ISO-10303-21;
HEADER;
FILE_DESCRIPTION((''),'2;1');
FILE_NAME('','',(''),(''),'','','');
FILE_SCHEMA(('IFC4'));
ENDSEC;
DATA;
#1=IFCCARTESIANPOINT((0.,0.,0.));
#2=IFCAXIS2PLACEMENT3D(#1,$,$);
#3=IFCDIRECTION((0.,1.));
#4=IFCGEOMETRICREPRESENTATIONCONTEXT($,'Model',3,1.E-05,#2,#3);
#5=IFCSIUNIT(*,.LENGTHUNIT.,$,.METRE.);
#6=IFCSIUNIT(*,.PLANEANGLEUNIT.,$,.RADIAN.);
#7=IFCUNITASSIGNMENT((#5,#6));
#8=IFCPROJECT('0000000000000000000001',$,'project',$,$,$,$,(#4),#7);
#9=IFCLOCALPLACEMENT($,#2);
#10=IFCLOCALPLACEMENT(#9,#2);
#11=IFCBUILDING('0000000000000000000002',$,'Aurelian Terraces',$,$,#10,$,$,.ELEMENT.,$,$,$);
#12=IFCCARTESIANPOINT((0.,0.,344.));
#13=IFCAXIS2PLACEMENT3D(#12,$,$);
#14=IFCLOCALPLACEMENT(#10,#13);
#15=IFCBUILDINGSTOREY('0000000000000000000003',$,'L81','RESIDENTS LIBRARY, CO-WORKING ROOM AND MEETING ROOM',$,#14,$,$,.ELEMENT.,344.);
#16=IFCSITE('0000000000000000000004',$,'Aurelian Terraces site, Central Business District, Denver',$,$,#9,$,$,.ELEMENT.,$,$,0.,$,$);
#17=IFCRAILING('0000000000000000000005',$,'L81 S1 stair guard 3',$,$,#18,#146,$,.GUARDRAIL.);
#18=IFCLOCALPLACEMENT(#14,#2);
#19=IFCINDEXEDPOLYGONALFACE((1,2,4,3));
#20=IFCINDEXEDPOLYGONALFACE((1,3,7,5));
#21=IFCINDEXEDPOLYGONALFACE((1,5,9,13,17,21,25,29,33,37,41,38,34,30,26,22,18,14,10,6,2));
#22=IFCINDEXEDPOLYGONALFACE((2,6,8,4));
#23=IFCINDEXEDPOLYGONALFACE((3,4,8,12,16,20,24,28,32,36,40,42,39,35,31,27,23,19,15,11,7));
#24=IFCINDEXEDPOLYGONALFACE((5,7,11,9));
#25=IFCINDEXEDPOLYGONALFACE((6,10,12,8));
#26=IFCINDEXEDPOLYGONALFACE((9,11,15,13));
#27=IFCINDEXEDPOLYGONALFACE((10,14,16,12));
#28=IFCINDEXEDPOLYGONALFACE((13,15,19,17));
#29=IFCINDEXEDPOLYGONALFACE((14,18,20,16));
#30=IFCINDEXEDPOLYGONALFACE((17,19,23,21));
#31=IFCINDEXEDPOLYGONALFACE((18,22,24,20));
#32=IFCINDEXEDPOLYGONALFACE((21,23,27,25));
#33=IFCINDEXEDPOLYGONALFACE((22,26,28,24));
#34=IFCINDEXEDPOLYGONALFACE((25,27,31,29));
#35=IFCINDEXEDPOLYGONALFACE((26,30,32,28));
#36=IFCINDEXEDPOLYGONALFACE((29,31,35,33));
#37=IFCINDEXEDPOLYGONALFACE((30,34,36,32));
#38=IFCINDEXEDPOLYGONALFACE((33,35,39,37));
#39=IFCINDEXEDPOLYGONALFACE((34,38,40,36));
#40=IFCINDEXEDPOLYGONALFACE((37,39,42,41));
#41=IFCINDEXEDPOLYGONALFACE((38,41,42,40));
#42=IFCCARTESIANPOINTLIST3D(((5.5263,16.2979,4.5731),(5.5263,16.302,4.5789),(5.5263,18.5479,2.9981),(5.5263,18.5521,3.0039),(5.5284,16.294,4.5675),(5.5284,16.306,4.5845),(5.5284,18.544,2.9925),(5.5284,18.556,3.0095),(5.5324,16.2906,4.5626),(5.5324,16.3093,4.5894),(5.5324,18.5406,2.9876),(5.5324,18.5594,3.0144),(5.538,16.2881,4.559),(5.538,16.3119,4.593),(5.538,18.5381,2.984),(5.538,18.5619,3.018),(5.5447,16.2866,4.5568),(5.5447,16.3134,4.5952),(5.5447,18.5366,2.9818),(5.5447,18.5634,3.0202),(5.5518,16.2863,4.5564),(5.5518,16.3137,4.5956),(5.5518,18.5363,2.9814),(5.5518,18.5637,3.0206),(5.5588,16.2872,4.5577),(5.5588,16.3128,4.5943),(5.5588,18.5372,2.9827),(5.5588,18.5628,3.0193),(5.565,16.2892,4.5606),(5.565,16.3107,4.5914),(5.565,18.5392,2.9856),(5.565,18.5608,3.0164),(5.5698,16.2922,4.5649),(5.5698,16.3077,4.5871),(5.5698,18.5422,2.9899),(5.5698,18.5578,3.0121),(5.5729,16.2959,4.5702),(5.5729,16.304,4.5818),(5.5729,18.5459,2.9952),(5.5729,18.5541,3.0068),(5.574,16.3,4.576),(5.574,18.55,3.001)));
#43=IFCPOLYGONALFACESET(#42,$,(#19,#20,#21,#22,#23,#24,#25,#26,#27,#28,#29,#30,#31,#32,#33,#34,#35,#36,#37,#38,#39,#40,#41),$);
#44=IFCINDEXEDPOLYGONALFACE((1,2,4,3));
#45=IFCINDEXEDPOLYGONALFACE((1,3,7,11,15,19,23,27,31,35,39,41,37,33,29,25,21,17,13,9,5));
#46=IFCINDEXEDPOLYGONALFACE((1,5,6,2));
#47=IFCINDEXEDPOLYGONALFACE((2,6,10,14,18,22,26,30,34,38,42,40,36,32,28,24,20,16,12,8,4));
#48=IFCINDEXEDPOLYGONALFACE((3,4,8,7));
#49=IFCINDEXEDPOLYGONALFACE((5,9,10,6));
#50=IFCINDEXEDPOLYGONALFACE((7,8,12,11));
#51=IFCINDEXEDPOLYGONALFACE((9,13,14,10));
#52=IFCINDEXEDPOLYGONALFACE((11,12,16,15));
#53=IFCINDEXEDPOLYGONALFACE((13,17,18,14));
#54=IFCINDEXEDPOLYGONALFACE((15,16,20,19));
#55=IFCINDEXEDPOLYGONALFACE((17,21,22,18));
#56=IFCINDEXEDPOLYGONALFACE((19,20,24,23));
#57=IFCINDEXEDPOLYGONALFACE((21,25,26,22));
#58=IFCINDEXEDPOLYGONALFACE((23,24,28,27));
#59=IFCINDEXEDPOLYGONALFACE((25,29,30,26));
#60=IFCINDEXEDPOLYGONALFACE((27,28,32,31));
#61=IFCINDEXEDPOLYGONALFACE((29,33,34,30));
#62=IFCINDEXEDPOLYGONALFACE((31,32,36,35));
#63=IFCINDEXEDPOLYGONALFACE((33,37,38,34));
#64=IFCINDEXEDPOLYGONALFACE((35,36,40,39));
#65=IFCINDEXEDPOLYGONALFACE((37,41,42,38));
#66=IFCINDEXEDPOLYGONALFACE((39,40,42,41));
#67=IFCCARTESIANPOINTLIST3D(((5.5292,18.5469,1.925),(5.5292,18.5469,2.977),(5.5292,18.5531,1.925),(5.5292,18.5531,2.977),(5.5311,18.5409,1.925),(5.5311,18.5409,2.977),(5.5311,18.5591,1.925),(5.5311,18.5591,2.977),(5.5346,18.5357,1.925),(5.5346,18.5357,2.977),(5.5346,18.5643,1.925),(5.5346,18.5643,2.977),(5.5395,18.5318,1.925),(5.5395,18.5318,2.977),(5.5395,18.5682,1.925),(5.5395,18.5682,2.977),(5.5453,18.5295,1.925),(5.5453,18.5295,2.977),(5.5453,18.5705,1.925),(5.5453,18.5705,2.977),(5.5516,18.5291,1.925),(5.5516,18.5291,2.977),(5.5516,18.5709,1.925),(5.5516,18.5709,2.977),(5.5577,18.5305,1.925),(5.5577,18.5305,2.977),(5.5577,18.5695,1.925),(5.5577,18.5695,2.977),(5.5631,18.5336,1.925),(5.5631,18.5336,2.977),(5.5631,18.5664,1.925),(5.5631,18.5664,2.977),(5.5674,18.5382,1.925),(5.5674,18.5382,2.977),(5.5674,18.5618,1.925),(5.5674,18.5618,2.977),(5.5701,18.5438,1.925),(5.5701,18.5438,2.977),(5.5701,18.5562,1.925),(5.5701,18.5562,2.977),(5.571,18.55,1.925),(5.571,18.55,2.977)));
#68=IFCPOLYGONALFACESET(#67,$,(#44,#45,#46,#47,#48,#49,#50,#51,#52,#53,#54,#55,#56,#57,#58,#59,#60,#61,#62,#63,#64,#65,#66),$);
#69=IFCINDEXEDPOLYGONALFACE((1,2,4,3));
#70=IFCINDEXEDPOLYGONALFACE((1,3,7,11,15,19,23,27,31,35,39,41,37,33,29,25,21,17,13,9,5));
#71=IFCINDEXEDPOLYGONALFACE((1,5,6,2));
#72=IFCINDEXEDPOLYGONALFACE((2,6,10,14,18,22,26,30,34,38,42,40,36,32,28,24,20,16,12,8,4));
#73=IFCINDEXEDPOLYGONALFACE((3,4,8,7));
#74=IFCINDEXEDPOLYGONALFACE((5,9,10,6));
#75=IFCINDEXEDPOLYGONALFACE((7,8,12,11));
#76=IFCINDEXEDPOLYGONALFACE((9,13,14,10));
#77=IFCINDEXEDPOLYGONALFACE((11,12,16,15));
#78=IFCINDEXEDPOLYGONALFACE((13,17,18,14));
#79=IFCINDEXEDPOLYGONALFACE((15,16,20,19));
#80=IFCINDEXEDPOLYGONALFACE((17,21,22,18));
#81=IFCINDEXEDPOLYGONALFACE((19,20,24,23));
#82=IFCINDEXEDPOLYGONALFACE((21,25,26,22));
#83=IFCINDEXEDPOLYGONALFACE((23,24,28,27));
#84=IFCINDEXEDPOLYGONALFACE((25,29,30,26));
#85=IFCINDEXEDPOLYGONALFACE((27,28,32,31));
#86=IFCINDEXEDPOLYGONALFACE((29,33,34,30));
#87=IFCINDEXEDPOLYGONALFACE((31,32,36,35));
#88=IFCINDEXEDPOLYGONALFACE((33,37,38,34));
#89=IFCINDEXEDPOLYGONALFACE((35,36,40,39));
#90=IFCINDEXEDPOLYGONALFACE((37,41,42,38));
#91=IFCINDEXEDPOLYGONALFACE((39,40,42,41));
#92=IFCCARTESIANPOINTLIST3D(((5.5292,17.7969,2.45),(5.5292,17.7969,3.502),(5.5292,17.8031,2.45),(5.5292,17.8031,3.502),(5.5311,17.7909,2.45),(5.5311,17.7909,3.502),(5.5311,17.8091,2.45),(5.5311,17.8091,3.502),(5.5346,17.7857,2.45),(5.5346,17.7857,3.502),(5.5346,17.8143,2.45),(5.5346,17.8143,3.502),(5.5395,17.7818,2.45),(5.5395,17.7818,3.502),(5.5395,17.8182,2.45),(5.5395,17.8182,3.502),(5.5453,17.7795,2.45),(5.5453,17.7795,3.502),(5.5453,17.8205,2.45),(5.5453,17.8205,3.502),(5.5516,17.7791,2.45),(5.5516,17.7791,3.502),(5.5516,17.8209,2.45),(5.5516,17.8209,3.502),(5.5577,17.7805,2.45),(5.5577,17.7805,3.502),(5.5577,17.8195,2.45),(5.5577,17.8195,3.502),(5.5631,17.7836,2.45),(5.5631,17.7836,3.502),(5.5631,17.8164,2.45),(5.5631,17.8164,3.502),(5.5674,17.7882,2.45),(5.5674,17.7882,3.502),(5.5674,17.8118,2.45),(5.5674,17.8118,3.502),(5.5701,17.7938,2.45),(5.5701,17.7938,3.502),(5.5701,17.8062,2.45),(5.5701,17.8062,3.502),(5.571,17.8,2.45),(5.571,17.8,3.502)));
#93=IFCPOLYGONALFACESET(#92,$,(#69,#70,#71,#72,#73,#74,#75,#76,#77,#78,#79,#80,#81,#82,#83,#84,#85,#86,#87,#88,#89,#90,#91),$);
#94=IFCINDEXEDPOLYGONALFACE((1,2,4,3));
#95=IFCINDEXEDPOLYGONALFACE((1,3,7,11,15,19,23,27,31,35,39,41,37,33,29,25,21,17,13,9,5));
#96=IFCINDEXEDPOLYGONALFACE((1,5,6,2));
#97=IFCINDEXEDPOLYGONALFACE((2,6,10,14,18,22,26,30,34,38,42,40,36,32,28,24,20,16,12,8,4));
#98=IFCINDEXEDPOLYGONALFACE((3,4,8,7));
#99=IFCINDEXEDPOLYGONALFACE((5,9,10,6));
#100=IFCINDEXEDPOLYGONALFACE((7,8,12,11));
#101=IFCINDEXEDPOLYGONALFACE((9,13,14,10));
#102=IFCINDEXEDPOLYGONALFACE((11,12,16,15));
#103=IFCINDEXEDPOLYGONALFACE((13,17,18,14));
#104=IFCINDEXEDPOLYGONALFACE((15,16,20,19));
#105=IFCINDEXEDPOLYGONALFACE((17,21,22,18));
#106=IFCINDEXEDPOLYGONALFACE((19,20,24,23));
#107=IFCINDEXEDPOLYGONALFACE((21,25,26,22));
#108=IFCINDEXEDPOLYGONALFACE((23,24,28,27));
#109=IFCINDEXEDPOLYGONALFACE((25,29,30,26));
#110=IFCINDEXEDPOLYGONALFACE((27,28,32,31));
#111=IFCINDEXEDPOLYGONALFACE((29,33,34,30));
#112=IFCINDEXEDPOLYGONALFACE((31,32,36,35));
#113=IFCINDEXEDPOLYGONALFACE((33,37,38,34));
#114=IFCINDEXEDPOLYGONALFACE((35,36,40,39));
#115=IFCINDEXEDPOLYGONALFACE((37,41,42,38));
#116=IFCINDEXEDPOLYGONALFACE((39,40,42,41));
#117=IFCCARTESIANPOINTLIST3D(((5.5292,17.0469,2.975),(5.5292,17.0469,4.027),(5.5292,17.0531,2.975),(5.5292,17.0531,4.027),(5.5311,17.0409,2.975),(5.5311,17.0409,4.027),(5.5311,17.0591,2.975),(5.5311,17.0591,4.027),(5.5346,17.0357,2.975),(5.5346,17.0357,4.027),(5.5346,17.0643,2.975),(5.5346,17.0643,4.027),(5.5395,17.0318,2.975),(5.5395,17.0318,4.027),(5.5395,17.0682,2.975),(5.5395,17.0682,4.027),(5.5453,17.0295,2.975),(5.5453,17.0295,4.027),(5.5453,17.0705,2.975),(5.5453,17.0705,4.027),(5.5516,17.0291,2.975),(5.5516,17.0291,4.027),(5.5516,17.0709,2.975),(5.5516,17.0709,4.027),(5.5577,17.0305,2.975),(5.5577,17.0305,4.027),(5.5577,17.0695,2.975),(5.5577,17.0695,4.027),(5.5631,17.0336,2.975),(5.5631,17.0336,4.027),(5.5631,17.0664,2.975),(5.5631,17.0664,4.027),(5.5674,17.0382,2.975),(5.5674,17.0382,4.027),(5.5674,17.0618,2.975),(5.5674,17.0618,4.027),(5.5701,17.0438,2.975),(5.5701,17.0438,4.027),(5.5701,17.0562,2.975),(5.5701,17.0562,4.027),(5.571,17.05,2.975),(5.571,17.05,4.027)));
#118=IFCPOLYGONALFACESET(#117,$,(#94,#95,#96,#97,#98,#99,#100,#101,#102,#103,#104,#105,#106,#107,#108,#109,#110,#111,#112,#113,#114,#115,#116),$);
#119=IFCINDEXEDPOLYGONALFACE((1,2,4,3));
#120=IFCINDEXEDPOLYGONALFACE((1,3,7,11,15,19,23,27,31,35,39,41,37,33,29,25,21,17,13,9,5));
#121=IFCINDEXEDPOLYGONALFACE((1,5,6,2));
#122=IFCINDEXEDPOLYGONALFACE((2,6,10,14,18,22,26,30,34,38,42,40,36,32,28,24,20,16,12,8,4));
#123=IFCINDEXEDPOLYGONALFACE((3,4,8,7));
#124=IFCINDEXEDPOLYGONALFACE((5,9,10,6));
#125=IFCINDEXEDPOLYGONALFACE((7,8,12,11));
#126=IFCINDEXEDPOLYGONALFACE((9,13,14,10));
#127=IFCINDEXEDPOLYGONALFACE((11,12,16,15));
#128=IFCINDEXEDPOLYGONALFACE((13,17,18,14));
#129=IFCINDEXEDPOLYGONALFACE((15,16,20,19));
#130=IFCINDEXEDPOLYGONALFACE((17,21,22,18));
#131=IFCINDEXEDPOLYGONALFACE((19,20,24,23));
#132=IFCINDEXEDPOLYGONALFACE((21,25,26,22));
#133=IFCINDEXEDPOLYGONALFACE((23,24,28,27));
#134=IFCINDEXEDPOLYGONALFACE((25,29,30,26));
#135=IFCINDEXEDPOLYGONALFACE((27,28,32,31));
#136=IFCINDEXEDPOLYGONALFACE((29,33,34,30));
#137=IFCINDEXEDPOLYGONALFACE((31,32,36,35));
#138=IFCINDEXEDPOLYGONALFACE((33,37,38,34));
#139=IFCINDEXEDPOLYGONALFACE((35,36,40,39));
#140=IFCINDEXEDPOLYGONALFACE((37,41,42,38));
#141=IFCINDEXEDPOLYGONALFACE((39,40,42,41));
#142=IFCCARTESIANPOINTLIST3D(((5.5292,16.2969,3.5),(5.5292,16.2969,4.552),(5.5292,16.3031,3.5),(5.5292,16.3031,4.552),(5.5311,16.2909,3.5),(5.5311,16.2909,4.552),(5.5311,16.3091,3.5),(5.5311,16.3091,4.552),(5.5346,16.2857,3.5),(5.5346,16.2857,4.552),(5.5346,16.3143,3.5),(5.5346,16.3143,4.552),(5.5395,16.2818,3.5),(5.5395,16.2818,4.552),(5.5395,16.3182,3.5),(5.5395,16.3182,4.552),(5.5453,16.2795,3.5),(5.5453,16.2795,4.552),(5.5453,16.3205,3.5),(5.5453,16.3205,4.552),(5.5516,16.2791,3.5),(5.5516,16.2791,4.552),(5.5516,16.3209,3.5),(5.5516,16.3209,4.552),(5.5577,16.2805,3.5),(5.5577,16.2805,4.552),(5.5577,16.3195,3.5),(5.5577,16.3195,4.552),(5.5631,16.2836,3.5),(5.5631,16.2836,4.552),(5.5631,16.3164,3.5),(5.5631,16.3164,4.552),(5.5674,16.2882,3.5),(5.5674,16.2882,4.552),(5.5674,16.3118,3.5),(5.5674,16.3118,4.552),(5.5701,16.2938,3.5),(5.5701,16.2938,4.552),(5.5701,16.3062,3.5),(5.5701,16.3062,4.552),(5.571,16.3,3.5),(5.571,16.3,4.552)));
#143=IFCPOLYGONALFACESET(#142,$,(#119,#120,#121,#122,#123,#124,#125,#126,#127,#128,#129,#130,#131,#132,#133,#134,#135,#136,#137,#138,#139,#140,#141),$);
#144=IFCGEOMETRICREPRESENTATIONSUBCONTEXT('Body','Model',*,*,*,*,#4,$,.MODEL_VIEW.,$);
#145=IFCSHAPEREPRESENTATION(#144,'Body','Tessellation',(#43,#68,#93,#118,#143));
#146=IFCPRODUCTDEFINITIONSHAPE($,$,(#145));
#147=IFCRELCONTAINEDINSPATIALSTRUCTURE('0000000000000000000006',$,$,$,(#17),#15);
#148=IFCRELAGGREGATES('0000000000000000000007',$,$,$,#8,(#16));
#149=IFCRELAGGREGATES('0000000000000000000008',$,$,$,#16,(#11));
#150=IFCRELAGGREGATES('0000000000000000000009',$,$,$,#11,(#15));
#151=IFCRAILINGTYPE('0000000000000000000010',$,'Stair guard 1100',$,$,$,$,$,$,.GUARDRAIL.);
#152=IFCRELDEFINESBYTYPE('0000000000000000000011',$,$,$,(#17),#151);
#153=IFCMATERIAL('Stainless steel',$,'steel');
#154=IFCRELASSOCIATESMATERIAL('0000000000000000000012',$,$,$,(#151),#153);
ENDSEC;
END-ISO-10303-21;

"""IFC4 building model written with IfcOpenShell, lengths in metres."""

from ifc_helpers import new_model, si_unit, direction, frame, origin, origin_2d, place, context, subcontext, project, spatial, circle, extrude, source, transform, mapped, material, type_object, element, save


model = new_model("IFC4")

# Units and contexts
model_context = context("Model", 3, precision=1e-05, world=origin(), true_north=direction((0.0, 1.0)))
body_context = subcontext(model_context, "Body", "Model", "MODEL_VIEW")
ifc_project = project(units=[si_unit("LENGTHUNIT", "METRE"), si_unit("PLANEANGLEUNIT", "RADIAN")], contexts=[model_context])

# Site, building, storey
site_placement = place(None, origin())
site = spatial("IfcSite", under=ifc_project, at=site_placement, Name="Aurelian Terraces site, Central Business District, Denver", CompositionType="ELEMENT", RefElevation=0.0)
building_placement = place(site_placement, origin())
building = spatial("IfcBuilding", under=site, at=building_placement, Name="Aurelian Terraces", CompositionType="ELEMENT")
storey_placement = place(building_placement, frame((0.0, 0.0, 344.0)))
storey = spatial("IfcBuildingStorey", under=building, at=storey_placement, Name="L81", Description="RESIDENTS LIBRARY, CO-WORKING ROOM AND MEETING ROOM", CompositionType="ELEMENT", Elevation=344.0)

# Railing
ifc_material_1 = material(Name="Stainless steel", Category="steel")
railing_type_1 = type_object("IfcRailingType", Name="Stair guard 1100", PredefinedType="GUARDRAIL", material=ifc_material_1)
shared_shape_1 = source(origin(), body_context, "Body", "SweptSolid", [
    extrude(circle(Radius=0.024, at=origin_2d()), frame((0.0, 0.0, 1.076), z_axis=(0.0, -0.819232, 0.573462), x_axis=(1.0, 0.0, 0.0)), (0.0, 0.0, 1.0), 2.7465),
    extrude(circle(Radius=0.021, at=origin_2d()), origin(), (0.0, 0.0, 1.0), 1.052),
    extrude(circle(Radius=0.021, at=origin_2d()), frame((0.0, -0.75, 0.525)), (0.0, 0.0, 1.0), 1.052),
    extrude(circle(Radius=0.021, at=origin_2d()), frame((0.0, -1.5, 1.05)), (0.0, 0.0, 1.0), 1.052),
    extrude(circle(Radius=0.021, at=origin_2d()), frame((0.0, -2.25, 1.575)), (0.0, 0.0, 1.0), 1.052),
])
railing_1_placement = place(storey_placement, frame((5.55, 18.55, 1.925)))
element("IfcRailing", 1, at=railing_1_placement, inside=storey, type_object=railing_type_1, Name="L81 S1 stair guard 3", PredefinedType="GUARDRAIL", context=body_context, shape_type="MappedRepresentation", body=[
    mapped(shared_shape_1, transform((0.0, 0.0, 0.0), scale=1.0)),
])

save(model, "model.ifc")
